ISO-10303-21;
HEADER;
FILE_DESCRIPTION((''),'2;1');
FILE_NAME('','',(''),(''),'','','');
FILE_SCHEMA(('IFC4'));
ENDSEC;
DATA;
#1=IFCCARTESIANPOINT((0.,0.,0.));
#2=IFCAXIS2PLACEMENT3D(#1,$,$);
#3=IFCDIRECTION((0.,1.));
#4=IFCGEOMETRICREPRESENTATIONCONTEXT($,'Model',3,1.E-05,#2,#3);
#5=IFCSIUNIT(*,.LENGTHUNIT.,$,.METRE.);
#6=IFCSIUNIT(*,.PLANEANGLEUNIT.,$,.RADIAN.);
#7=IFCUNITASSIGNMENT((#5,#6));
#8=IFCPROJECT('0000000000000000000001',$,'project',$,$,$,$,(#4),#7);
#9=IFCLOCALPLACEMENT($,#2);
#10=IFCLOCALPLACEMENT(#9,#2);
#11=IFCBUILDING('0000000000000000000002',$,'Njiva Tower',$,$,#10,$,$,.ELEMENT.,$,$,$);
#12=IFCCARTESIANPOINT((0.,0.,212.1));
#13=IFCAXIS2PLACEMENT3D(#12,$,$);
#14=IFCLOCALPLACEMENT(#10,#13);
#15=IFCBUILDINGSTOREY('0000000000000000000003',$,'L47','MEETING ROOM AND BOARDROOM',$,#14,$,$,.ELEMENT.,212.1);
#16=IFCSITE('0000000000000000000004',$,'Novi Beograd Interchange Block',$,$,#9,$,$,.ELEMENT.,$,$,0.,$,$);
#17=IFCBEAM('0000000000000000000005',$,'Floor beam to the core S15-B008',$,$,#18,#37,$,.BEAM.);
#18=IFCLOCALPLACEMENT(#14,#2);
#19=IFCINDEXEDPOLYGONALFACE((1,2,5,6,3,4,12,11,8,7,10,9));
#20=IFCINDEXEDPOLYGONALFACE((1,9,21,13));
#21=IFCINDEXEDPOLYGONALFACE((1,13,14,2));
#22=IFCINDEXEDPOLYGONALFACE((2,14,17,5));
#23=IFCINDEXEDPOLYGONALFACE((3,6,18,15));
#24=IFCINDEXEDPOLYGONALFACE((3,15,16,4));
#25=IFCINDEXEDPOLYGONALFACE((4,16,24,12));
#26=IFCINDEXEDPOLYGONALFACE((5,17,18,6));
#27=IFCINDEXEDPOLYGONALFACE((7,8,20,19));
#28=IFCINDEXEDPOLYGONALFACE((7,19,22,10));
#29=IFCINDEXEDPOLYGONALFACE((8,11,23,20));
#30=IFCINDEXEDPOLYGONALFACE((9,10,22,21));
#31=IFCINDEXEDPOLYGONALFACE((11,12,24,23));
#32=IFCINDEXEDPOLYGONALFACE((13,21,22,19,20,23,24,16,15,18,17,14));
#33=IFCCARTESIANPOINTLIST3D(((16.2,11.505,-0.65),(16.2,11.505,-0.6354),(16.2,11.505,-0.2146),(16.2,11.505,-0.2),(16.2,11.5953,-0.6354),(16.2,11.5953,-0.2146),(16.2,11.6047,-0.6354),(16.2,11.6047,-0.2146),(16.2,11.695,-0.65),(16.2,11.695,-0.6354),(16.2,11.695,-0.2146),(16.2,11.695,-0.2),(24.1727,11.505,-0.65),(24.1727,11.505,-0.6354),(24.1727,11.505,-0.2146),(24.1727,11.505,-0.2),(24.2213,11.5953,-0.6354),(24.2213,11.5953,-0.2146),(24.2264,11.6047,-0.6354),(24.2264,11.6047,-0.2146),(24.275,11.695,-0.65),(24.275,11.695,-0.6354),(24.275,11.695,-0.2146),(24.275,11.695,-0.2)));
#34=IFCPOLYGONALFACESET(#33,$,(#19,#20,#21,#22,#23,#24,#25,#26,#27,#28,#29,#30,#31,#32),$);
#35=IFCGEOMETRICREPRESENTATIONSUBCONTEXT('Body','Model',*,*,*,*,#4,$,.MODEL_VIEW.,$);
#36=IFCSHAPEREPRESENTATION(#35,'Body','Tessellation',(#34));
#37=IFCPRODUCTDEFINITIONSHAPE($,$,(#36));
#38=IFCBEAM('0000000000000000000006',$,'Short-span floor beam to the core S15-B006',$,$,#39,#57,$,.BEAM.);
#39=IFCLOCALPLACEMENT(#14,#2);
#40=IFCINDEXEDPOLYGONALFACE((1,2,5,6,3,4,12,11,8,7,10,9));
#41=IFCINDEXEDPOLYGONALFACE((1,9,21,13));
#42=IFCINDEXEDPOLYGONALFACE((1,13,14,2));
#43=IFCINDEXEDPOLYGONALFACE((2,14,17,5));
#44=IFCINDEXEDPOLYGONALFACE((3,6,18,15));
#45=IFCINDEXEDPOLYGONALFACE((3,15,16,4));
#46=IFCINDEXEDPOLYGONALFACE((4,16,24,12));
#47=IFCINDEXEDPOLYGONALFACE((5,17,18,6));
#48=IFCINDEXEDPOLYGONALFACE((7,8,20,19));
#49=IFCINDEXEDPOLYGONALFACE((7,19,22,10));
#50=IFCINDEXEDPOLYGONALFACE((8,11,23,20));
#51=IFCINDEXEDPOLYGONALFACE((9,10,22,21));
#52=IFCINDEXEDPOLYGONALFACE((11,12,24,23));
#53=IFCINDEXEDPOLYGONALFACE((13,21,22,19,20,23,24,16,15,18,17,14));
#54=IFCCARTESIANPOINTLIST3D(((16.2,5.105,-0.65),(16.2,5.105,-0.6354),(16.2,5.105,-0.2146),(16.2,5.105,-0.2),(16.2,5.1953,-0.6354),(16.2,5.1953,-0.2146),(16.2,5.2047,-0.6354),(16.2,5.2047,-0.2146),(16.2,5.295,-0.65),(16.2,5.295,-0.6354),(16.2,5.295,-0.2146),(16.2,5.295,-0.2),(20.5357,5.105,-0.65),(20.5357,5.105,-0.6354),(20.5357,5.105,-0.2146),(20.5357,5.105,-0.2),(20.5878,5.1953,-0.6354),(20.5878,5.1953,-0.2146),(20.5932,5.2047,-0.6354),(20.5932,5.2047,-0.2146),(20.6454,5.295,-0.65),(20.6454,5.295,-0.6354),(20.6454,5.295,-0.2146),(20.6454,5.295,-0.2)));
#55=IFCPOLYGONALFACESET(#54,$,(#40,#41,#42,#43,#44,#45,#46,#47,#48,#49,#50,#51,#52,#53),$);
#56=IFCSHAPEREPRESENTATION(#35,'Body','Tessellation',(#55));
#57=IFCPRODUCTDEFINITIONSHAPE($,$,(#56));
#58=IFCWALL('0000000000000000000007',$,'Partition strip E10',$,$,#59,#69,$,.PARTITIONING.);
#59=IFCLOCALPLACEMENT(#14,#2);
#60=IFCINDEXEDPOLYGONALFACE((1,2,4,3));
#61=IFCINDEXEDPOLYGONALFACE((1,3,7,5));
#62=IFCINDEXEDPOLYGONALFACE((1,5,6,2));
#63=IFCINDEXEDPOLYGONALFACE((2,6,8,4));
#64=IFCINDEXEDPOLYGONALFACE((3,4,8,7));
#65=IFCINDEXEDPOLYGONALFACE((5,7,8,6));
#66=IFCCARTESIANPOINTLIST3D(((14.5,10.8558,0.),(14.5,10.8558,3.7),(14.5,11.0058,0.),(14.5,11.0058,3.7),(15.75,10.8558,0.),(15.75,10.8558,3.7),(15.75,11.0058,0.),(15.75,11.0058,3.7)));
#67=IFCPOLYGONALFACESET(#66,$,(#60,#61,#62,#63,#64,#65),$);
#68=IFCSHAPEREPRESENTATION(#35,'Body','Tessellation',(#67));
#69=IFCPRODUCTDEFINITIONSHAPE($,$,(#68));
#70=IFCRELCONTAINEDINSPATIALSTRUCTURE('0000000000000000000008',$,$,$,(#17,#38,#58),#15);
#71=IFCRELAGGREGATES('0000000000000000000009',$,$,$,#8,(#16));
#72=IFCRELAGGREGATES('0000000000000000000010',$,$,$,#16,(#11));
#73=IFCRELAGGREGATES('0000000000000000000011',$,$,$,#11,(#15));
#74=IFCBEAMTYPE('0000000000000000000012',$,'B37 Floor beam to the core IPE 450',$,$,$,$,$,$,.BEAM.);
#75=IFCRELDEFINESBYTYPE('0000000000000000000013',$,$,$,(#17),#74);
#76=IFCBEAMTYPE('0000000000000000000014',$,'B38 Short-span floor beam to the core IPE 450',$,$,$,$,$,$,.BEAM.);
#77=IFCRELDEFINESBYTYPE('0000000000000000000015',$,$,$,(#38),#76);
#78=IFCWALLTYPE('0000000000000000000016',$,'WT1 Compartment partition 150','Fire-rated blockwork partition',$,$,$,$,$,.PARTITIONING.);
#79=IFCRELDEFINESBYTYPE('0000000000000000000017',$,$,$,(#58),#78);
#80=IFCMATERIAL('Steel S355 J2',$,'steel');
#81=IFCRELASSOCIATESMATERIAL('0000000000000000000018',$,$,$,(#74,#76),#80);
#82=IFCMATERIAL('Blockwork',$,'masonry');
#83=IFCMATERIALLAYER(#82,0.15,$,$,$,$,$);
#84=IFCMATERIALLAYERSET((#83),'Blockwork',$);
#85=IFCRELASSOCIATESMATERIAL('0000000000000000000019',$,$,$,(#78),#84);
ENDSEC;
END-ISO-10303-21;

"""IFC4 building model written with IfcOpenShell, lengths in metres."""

from ifc_helpers import new_model, si_unit, direction, frame, frame_2d, origin, origin_2d, place, context, subcontext, project, spatial, rectangle, i_section, extrude, clip, halfspace, material, layer, layer_set, material_profile, profile_set, type_object, element, save


model = new_model("IFC4")

# Units and contexts
model_context = context("Model", 3, precision=1e-05, world=origin(), true_north=direction((0.0, 1.0)))
body_context = subcontext(model_context, "Body", "Model", "MODEL_VIEW")
ifc_project = project(units=[si_unit("LENGTHUNIT", "METRE"), si_unit("PLANEANGLEUNIT", "RADIAN")], contexts=[model_context])

# Site, building, storey
site_placement = place(None, origin())
site = spatial("IfcSite", under=ifc_project, at=site_placement, Name="Novi Beograd Interchange Block", CompositionType="ELEMENT", RefElevation=0.0)
building_placement = place(site_placement, origin())
building = spatial("IfcBuilding", under=site, at=building_placement, Name="Njiva Tower", CompositionType="ELEMENT")
storey_placement = place(building_placement, frame((0.0, 0.0, 212.1)))
storey = spatial("IfcBuildingStorey", under=building, at=storey_placement, Name="L47", Description="MEETING ROOM AND BOARDROOM", CompositionType="ELEMENT", Elevation=212.1)

# Shared definitions
ifc_material_1 = material(Name="Steel S355 J2", Category="steel")

# Beams
ifc_material_profile_1 = material_profile(ifc_material_1, i_section(OverallWidth=0.19, OverallDepth=0.45, WebThickness=0.0094, FlangeThickness=0.0146, at=origin_2d()), Name="IPE 450")
ifc_profile_set_1 = profile_set([ifc_material_profile_1], Name="Steel S355 J2")
beam_type_1 = type_object("IfcBeamType", Name="B37 Floor beam to the core IPE 450", PredefinedType="BEAM", material=ifc_profile_set_1)
beam_1_placement = place(storey_placement, frame((16.2, 11.6, -0.425), z_axis=(1.0, 0.0, 0.0), x_axis=(0.0, 1.0, 0.0)))
element("IfcBeam", 1, at=beam_1_placement, inside=storey, type_object=beam_type_1, Name="Floor beam to the core S15-B008", PredefinedType="BEAM", context=body_context, shape_type="Clipping", body=[
    clip(extrude(i_section(OverallWidth=0.19, OverallDepth=0.45, WebThickness=0.0094, FlangeThickness=0.0146, at=origin_2d()), origin(), (0.0, 0.0, 1.0), 8.095), halfspace(frame((-0.0237, 0.0, 8.0111), z_axis=(-0.473769, 0.0, 0.880649), x_axis=(0.0, 1.0, 0.0)), False)),
])
ifc_material_profile_2 = material_profile(ifc_material_1, i_section(OverallWidth=0.19, OverallDepth=0.45, WebThickness=0.0094, FlangeThickness=0.0146, at=origin_2d()), Name="IPE 450")
ifc_profile_set_2 = profile_set([ifc_material_profile_2], Name="Steel S355 J2")
beam_type_2 = type_object("IfcBeamType", Name="B38 Short-span floor beam to the core IPE 450", PredefinedType="BEAM", material=ifc_profile_set_2)
beam_2_placement = place(storey_placement, frame((16.2, 5.2, -0.425), z_axis=(1.0, 0.0, 0.0), x_axis=(0.0, 1.0, 0.0)))
element("IfcBeam", 2, at=beam_2_placement, inside=storey, type_object=beam_type_2, Name="Short-span floor beam to the core S15-B006", PredefinedType="BEAM", context=body_context, shape_type="Clipping", body=[
    clip(extrude(i_section(OverallWidth=0.19, OverallDepth=0.45, WebThickness=0.0094, FlangeThickness=0.0146, at=origin_2d()), origin(), (0.0, 0.0, 1.0), 4.466), halfspace(frame((-0.025, 0.0, 4.3761), z_axis=(-0.499998, 0.0, 0.866027), x_axis=(0.0, 1.0, 0.0)), False)),
])

# Wall
ifc_material_2 = material(Name="Blockwork", Category="masonry")
ifc_layer_1 = layer(ifc_material_2, 0.15)
ifc_layer_set_1 = layer_set([ifc_layer_1], Name="Blockwork")
wall_type_1 = type_object("IfcWallType", Name="WT1 Compartment partition 150", Description="Fire-rated blockwork partition", PredefinedType="PARTITIONING", material=ifc_layer_set_1)
wall_1_placement = place(storey_placement, frame((14.5, 10.9308, 0.0), z_axis=(0.0, 0.0, 1.0), x_axis=(1.0, 0.0, 0.0)))
element("IfcWall", 3, at=wall_1_placement, inside=storey, type_object=wall_type_1, Name="Partition strip E10", PredefinedType="PARTITIONING", context=body_context, shape_type="SweptSolid", body=[
    extrude(rectangle(XDim=1.25, YDim=0.15, at=frame_2d((0.625, 0.0))), origin(), (0.0, 0.0, 1.0), 3.7),
])

save(model, "model.ifc")
